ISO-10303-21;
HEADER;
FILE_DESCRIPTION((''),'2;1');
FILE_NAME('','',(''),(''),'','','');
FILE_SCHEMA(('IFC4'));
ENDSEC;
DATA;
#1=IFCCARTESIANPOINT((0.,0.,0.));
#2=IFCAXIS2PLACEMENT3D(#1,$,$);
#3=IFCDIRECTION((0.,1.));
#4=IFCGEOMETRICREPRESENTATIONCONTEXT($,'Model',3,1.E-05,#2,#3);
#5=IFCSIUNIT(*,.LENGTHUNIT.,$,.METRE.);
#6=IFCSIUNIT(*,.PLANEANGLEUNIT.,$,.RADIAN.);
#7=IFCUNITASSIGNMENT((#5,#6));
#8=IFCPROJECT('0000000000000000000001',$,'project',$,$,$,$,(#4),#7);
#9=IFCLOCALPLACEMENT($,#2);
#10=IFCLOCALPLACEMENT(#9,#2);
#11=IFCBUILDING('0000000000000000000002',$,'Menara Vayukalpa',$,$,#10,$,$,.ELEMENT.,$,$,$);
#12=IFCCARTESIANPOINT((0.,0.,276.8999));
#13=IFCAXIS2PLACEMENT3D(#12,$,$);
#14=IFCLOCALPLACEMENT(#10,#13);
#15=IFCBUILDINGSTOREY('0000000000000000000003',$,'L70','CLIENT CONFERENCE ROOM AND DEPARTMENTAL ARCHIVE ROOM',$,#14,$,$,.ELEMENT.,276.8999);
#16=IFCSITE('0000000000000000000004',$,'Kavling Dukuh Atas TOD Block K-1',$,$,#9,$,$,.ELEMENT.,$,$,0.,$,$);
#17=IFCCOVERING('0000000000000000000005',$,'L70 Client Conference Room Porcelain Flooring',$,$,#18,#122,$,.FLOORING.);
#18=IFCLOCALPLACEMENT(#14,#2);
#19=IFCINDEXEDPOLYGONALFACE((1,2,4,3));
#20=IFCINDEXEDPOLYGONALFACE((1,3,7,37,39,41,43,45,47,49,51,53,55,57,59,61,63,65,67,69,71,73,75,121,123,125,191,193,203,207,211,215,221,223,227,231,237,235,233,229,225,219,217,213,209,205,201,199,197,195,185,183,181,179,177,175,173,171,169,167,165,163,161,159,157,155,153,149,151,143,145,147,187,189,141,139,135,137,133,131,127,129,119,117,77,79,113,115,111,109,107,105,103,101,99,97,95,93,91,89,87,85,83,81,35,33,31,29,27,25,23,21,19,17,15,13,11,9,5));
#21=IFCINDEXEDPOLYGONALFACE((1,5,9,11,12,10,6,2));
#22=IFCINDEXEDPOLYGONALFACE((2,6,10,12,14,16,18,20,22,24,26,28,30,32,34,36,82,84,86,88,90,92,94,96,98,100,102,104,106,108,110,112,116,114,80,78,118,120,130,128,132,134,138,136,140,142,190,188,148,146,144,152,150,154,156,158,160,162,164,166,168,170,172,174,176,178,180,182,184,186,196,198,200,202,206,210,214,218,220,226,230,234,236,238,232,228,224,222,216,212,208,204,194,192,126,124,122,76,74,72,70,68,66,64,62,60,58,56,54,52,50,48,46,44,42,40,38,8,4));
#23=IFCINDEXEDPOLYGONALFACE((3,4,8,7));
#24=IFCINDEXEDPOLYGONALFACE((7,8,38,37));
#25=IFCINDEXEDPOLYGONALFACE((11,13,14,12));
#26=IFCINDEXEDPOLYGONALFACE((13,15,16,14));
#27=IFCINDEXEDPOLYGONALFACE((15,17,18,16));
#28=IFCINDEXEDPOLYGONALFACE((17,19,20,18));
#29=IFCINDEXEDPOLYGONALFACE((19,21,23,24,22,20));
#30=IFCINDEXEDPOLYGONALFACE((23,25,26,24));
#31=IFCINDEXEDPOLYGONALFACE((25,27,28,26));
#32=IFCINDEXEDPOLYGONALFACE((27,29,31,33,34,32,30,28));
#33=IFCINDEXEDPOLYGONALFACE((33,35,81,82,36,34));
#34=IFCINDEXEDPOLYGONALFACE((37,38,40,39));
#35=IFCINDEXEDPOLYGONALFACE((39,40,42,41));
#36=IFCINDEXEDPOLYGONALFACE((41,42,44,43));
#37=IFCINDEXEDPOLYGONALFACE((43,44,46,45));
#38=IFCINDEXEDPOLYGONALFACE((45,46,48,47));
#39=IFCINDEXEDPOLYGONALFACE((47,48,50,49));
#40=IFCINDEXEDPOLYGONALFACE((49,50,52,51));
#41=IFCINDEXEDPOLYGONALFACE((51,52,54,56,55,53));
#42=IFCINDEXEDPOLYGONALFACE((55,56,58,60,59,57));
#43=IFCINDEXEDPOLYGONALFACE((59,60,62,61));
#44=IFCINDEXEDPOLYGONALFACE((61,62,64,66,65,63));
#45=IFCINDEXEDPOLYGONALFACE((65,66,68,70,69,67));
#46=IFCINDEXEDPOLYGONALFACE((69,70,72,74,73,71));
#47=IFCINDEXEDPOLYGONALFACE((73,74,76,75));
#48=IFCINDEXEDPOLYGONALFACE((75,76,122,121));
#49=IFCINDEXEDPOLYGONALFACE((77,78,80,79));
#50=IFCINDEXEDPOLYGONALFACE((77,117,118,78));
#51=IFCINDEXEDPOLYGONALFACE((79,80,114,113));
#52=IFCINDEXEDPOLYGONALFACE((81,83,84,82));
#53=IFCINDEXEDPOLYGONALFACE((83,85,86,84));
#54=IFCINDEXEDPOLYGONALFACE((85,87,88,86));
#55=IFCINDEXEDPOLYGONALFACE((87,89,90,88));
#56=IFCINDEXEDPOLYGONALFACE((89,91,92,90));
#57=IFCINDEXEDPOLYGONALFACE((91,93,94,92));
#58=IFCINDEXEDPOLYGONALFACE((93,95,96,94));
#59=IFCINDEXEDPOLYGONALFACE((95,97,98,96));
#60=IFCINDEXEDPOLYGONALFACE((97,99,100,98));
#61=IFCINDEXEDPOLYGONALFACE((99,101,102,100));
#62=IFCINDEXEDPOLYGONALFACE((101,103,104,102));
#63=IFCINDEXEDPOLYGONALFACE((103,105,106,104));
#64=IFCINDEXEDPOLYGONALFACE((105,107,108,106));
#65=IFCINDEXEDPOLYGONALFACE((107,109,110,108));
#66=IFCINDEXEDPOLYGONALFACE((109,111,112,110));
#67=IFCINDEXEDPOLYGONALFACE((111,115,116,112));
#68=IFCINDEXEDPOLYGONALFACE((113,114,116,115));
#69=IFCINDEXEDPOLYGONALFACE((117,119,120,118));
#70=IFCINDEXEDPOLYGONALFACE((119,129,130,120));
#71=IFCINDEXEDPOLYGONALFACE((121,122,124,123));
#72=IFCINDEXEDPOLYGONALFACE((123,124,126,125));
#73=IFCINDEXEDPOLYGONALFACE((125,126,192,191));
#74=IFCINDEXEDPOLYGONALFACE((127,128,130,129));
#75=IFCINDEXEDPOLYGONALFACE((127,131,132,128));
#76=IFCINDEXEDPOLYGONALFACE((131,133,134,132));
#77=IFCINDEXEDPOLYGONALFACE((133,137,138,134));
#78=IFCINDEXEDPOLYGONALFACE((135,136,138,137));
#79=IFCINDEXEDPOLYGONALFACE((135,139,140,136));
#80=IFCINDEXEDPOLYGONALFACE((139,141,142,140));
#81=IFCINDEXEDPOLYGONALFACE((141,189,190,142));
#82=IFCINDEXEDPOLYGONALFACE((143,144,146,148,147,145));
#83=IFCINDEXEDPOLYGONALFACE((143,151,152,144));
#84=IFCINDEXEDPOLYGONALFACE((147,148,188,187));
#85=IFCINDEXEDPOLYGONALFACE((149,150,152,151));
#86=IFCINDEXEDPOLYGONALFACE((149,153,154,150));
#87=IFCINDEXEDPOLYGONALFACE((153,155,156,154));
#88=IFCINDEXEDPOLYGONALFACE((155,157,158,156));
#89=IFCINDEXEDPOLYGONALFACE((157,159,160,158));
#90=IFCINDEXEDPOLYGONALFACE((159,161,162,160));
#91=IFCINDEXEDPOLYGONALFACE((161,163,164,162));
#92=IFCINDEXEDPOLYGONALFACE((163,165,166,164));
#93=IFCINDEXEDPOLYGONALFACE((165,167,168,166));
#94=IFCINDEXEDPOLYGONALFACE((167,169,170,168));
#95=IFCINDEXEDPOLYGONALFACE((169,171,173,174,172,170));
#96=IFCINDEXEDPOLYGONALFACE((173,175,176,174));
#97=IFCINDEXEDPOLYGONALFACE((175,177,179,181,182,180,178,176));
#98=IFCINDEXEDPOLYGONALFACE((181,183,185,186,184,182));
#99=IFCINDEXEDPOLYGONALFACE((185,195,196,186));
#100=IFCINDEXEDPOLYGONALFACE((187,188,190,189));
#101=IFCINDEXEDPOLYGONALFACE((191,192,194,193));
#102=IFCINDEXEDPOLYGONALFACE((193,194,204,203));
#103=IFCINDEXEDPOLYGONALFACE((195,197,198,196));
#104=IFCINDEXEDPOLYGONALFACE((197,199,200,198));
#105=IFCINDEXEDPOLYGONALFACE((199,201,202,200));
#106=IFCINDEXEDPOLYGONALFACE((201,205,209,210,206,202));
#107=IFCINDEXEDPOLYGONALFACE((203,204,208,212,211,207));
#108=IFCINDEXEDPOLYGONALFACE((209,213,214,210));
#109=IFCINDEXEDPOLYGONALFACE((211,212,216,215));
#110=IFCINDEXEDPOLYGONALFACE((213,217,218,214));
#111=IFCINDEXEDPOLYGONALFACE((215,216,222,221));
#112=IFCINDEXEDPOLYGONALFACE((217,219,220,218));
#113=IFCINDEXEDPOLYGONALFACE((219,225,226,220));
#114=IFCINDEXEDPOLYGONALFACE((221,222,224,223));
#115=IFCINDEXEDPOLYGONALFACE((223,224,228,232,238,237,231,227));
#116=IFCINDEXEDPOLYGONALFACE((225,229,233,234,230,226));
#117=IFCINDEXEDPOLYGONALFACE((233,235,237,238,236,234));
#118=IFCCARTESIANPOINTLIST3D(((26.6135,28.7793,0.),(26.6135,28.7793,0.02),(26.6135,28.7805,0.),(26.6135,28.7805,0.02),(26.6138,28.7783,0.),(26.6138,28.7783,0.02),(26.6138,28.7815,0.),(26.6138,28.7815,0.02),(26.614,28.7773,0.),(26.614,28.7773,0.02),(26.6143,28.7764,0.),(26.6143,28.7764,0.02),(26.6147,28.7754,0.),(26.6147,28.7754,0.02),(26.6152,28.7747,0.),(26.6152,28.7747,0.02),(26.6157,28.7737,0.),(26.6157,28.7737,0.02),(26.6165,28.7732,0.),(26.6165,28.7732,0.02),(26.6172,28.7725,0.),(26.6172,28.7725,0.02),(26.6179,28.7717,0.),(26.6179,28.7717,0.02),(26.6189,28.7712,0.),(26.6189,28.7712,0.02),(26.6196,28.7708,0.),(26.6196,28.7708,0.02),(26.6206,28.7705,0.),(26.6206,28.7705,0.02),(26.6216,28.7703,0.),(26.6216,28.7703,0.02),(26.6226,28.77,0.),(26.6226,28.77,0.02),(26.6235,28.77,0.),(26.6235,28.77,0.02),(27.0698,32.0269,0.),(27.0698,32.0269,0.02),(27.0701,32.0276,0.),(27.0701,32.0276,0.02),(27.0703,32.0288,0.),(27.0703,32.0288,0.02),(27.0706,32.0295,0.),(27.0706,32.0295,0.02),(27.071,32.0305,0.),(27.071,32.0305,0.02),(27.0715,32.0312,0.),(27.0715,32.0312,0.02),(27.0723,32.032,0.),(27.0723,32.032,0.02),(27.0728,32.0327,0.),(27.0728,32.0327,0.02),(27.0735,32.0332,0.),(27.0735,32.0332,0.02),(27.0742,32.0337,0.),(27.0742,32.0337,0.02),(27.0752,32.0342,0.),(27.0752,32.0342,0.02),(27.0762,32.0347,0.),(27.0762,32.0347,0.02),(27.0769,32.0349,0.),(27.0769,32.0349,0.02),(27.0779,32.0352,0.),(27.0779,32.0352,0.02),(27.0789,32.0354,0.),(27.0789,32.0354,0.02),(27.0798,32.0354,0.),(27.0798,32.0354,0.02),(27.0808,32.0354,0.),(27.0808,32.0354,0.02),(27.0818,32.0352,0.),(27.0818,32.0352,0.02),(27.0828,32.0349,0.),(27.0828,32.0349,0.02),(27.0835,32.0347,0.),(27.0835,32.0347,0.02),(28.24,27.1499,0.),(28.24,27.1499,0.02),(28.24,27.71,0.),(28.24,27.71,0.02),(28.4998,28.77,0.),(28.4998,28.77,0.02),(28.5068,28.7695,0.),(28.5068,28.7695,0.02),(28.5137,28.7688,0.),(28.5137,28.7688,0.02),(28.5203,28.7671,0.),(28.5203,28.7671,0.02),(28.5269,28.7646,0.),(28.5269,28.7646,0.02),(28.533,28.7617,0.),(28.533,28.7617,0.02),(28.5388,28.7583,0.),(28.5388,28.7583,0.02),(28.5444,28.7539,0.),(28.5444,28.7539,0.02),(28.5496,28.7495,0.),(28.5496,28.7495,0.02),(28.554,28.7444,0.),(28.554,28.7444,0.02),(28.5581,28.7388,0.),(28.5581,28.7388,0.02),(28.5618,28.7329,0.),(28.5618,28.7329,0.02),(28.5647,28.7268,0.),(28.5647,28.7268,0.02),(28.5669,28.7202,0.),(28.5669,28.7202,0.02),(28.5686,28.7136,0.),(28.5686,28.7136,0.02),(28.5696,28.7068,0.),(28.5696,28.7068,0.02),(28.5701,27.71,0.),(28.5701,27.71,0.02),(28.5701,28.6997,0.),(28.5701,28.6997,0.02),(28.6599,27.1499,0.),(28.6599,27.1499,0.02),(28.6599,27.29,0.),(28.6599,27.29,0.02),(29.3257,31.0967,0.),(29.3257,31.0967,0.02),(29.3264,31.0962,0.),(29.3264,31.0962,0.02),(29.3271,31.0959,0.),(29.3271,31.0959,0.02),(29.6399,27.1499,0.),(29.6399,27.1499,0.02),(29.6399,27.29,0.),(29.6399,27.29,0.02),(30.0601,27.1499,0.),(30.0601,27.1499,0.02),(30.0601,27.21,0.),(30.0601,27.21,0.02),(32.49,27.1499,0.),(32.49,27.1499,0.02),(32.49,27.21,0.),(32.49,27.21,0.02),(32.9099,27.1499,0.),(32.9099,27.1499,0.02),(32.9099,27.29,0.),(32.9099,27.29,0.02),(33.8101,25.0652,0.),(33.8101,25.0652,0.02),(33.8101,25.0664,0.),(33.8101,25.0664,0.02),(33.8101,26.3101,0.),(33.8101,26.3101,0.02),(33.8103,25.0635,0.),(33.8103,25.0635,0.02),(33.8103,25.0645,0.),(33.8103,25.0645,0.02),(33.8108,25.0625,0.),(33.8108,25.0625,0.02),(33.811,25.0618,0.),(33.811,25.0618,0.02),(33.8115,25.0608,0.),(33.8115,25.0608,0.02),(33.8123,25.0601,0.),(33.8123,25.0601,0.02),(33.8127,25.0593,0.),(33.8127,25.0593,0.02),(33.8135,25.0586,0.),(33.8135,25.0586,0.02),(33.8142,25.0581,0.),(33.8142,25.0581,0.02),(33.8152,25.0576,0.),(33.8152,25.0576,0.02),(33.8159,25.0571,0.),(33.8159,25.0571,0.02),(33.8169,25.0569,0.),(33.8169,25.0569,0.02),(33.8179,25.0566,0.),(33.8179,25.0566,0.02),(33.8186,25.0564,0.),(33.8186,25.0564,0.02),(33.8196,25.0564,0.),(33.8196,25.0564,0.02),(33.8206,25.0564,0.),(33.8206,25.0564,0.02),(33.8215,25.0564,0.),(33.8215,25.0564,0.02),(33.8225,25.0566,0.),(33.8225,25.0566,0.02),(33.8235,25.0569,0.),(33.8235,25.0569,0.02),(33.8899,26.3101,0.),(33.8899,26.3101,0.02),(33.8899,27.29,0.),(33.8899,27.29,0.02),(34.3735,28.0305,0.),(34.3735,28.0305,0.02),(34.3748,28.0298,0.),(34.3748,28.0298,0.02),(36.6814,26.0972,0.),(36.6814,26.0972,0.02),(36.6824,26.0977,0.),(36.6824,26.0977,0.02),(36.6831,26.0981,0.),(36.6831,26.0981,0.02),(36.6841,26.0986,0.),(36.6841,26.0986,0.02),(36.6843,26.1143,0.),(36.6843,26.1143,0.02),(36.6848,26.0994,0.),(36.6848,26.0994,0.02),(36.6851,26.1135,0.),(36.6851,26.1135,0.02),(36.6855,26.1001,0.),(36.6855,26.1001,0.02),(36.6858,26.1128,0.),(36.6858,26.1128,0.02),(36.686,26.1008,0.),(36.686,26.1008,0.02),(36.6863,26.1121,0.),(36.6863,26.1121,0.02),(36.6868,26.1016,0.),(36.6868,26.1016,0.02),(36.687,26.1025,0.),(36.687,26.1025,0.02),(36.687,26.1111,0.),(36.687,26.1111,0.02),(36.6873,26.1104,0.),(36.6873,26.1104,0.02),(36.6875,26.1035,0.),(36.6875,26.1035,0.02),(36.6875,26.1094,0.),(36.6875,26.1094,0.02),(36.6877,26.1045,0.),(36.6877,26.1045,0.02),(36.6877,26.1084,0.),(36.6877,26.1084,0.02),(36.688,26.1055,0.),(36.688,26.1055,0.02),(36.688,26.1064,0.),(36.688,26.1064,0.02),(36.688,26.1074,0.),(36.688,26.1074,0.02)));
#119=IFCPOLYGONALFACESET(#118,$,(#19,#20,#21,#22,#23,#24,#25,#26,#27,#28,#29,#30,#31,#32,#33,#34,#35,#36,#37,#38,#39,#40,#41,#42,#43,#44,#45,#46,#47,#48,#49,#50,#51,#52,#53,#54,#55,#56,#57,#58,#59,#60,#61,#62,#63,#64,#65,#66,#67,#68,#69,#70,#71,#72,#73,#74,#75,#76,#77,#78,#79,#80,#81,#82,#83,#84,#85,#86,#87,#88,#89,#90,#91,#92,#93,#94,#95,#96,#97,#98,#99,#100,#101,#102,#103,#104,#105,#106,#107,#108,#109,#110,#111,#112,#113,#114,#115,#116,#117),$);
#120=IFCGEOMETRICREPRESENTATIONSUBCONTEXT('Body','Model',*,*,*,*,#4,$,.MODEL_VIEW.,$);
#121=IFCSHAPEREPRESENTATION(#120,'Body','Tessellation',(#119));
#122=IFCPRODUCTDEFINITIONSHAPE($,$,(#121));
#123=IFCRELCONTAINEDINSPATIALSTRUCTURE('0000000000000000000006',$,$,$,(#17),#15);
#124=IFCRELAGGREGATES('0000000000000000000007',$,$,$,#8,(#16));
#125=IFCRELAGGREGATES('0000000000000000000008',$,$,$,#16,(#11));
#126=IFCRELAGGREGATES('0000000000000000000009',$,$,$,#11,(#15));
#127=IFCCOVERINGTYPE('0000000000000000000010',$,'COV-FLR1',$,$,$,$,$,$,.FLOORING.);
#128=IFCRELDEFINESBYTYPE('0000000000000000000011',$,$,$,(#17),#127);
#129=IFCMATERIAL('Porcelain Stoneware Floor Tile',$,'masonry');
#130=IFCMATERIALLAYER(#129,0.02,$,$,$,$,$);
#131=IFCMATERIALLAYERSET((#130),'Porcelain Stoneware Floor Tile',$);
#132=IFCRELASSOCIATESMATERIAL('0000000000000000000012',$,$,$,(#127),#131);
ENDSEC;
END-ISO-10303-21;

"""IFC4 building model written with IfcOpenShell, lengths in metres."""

from ifc_helpers import new_model, si_unit, direction, frame, origin, place, context, subcontext, project, spatial, polyline, outline, extrude, material, layer, layer_set, type_object, element, save


model = new_model("IFC4")

# Units and contexts
model_context = context("Model", 3, precision=1e-05, world=origin(), true_north=direction((0.0, 1.0)))
body_context = subcontext(model_context, "Body", "Model", "MODEL_VIEW")
ifc_project = project(units=[si_unit("LENGTHUNIT", "METRE"), si_unit("PLANEANGLEUNIT", "RADIAN")], contexts=[model_context])

# Site, building, storey
site_placement = place(None, origin())
site = spatial("IfcSite", under=ifc_project, at=site_placement, Name="Kavling Dukuh Atas TOD Block K-1", CompositionType="ELEMENT", RefElevation=0.0)
building_placement = place(site_placement, origin())
building = spatial("IfcBuilding", under=site, at=building_placement, Name="Menara Vayukalpa", CompositionType="ELEMENT")
storey_placement = place(building_placement, frame((0.0, 0.0, 276.8999)))
storey = spatial("IfcBuildingStorey", under=building, at=storey_placement, Name="L70", Description="CLIENT CONFERENCE ROOM AND DEPARTMENTAL ARCHIVE ROOM", CompositionType="ELEMENT", Elevation=276.8999)

# Covering
ifc_material_1 = material(Name="Porcelain Stoneware Floor Tile", Category="masonry")
ifc_layer_1 = layer(ifc_material_1, 0.02)
ifc_layer_set_1 = layer_set([ifc_layer_1], Name="Porcelain Stoneware Floor Tile")
covering_type_1 = type_object("IfcCoveringType", Name="COV-FLR1", PredefinedType="FLOORING", material=ifc_layer_set_1)
covering_1_placement = place(storey_placement, origin())
element("IfcCovering", 1, at=covering_1_placement, inside=storey, type_object=covering_type_1, Name="L70 Client Conference Room Porcelain Flooring", PredefinedType="FLOORING", context=body_context, shape_type="SweptSolid", body=[
    extrude(outline(polyline([(28.5701, 28.6997), (28.5696, 28.7068), (28.5686, 28.7136), (28.5669, 28.7202), (28.5647, 28.7268), (28.5618, 28.7329), (28.5581, 28.7388), (28.554, 28.7444), (28.5496, 28.7495), (28.5444, 28.7539), (28.5388, 28.7583), (28.533, 28.7617), (28.5269, 28.7646), (28.5203, 28.7671), (28.5137, 28.7688), (28.5068, 28.7695), (28.4998, 28.77), (26.6235, 28.77), (26.6226, 28.77), (26.6216, 28.7703), (26.6206, 28.7705), (26.6196, 28.7708), (26.6189, 28.7712), (26.6179, 28.7717), (26.6172, 28.7725), (26.6165, 28.7732), (26.6157, 28.7737), (26.6152, 28.7747), (26.6147, 28.7754), (26.6143, 28.7764), (26.614, 28.7773), (26.6138, 28.7783), (26.6135, 28.7793), (26.6135, 28.7805), (26.6138, 28.7815), (27.0698, 32.0269), (27.0701, 32.0276), (27.0703, 32.0288), (27.0706, 32.0295), (27.071, 32.0305), (27.0715, 32.0312), (27.0723, 32.032), (27.0728, 32.0327), (27.0735, 32.0332), (27.0742, 32.0337), (27.0752, 32.0342), (27.0762, 32.0347), (27.0769, 32.0349), (27.0779, 32.0352), (27.0789, 32.0354), (27.0798, 32.0354), (27.0808, 32.0354), (27.0818, 32.0352), (27.0828, 32.0349), (27.0835, 32.0347), (29.3257, 31.0967), (29.3264, 31.0962), (29.3271, 31.0959), (34.3735, 28.0305), (34.3748, 28.0298), (36.6843, 26.1143), (36.6851, 26.1135), (36.6858, 26.1128), (36.6863, 26.1121), (36.687, 26.1111), (36.6873, 26.1104), (36.6875, 26.1094), (36.6877, 26.1084), (36.688, 26.1074), (36.688, 26.1064), (36.688, 26.1055), (36.6877, 26.1045), (36.6875, 26.1035), (36.687, 26.1025), (36.6868, 26.1016), (36.686, 26.1008), (36.6855, 26.1001), (36.6848, 26.0994), (36.6841, 26.0986), (36.6831, 26.0981), (36.6824, 26.0977), (36.6814, 26.0972), (33.8235, 25.0569), (33.8225, 25.0566), (33.8215, 25.0564), (33.8206, 25.0564), (33.8196, 25.0564), (33.8186, 25.0564), (33.8179, 25.0566), (33.8169, 25.0569), (33.8159, 25.0571), (33.8152, 25.0576), (33.8142, 25.0581), (33.8135, 25.0586), (33.8127, 25.0593), (33.8123, 25.0601), (33.8115, 25.0608), (33.811, 25.0618), (33.8108, 25.0625), (33.8103, 25.0635), (33.8103, 25.0645), (33.8101, 25.0652), (33.8101, 25.0664), (33.8101, 26.3101), (33.8899, 26.3101), (33.8899, 27.29), (32.9099, 27.29), (32.9099, 27.1499), (32.49, 27.1499), (32.49, 27.21), (30.0601, 27.21), (30.0601, 27.1499), (29.6399, 27.1499), (29.6399, 27.29), (28.6599, 27.29), (28.6599, 27.1499), (28.24, 27.1499), (28.24, 27.71), (28.5701, 27.71), (28.5701, 28.6997)])), origin(), (0.0, 0.0, 1.0), 0.02),
])

save(model, "model.ifc")
